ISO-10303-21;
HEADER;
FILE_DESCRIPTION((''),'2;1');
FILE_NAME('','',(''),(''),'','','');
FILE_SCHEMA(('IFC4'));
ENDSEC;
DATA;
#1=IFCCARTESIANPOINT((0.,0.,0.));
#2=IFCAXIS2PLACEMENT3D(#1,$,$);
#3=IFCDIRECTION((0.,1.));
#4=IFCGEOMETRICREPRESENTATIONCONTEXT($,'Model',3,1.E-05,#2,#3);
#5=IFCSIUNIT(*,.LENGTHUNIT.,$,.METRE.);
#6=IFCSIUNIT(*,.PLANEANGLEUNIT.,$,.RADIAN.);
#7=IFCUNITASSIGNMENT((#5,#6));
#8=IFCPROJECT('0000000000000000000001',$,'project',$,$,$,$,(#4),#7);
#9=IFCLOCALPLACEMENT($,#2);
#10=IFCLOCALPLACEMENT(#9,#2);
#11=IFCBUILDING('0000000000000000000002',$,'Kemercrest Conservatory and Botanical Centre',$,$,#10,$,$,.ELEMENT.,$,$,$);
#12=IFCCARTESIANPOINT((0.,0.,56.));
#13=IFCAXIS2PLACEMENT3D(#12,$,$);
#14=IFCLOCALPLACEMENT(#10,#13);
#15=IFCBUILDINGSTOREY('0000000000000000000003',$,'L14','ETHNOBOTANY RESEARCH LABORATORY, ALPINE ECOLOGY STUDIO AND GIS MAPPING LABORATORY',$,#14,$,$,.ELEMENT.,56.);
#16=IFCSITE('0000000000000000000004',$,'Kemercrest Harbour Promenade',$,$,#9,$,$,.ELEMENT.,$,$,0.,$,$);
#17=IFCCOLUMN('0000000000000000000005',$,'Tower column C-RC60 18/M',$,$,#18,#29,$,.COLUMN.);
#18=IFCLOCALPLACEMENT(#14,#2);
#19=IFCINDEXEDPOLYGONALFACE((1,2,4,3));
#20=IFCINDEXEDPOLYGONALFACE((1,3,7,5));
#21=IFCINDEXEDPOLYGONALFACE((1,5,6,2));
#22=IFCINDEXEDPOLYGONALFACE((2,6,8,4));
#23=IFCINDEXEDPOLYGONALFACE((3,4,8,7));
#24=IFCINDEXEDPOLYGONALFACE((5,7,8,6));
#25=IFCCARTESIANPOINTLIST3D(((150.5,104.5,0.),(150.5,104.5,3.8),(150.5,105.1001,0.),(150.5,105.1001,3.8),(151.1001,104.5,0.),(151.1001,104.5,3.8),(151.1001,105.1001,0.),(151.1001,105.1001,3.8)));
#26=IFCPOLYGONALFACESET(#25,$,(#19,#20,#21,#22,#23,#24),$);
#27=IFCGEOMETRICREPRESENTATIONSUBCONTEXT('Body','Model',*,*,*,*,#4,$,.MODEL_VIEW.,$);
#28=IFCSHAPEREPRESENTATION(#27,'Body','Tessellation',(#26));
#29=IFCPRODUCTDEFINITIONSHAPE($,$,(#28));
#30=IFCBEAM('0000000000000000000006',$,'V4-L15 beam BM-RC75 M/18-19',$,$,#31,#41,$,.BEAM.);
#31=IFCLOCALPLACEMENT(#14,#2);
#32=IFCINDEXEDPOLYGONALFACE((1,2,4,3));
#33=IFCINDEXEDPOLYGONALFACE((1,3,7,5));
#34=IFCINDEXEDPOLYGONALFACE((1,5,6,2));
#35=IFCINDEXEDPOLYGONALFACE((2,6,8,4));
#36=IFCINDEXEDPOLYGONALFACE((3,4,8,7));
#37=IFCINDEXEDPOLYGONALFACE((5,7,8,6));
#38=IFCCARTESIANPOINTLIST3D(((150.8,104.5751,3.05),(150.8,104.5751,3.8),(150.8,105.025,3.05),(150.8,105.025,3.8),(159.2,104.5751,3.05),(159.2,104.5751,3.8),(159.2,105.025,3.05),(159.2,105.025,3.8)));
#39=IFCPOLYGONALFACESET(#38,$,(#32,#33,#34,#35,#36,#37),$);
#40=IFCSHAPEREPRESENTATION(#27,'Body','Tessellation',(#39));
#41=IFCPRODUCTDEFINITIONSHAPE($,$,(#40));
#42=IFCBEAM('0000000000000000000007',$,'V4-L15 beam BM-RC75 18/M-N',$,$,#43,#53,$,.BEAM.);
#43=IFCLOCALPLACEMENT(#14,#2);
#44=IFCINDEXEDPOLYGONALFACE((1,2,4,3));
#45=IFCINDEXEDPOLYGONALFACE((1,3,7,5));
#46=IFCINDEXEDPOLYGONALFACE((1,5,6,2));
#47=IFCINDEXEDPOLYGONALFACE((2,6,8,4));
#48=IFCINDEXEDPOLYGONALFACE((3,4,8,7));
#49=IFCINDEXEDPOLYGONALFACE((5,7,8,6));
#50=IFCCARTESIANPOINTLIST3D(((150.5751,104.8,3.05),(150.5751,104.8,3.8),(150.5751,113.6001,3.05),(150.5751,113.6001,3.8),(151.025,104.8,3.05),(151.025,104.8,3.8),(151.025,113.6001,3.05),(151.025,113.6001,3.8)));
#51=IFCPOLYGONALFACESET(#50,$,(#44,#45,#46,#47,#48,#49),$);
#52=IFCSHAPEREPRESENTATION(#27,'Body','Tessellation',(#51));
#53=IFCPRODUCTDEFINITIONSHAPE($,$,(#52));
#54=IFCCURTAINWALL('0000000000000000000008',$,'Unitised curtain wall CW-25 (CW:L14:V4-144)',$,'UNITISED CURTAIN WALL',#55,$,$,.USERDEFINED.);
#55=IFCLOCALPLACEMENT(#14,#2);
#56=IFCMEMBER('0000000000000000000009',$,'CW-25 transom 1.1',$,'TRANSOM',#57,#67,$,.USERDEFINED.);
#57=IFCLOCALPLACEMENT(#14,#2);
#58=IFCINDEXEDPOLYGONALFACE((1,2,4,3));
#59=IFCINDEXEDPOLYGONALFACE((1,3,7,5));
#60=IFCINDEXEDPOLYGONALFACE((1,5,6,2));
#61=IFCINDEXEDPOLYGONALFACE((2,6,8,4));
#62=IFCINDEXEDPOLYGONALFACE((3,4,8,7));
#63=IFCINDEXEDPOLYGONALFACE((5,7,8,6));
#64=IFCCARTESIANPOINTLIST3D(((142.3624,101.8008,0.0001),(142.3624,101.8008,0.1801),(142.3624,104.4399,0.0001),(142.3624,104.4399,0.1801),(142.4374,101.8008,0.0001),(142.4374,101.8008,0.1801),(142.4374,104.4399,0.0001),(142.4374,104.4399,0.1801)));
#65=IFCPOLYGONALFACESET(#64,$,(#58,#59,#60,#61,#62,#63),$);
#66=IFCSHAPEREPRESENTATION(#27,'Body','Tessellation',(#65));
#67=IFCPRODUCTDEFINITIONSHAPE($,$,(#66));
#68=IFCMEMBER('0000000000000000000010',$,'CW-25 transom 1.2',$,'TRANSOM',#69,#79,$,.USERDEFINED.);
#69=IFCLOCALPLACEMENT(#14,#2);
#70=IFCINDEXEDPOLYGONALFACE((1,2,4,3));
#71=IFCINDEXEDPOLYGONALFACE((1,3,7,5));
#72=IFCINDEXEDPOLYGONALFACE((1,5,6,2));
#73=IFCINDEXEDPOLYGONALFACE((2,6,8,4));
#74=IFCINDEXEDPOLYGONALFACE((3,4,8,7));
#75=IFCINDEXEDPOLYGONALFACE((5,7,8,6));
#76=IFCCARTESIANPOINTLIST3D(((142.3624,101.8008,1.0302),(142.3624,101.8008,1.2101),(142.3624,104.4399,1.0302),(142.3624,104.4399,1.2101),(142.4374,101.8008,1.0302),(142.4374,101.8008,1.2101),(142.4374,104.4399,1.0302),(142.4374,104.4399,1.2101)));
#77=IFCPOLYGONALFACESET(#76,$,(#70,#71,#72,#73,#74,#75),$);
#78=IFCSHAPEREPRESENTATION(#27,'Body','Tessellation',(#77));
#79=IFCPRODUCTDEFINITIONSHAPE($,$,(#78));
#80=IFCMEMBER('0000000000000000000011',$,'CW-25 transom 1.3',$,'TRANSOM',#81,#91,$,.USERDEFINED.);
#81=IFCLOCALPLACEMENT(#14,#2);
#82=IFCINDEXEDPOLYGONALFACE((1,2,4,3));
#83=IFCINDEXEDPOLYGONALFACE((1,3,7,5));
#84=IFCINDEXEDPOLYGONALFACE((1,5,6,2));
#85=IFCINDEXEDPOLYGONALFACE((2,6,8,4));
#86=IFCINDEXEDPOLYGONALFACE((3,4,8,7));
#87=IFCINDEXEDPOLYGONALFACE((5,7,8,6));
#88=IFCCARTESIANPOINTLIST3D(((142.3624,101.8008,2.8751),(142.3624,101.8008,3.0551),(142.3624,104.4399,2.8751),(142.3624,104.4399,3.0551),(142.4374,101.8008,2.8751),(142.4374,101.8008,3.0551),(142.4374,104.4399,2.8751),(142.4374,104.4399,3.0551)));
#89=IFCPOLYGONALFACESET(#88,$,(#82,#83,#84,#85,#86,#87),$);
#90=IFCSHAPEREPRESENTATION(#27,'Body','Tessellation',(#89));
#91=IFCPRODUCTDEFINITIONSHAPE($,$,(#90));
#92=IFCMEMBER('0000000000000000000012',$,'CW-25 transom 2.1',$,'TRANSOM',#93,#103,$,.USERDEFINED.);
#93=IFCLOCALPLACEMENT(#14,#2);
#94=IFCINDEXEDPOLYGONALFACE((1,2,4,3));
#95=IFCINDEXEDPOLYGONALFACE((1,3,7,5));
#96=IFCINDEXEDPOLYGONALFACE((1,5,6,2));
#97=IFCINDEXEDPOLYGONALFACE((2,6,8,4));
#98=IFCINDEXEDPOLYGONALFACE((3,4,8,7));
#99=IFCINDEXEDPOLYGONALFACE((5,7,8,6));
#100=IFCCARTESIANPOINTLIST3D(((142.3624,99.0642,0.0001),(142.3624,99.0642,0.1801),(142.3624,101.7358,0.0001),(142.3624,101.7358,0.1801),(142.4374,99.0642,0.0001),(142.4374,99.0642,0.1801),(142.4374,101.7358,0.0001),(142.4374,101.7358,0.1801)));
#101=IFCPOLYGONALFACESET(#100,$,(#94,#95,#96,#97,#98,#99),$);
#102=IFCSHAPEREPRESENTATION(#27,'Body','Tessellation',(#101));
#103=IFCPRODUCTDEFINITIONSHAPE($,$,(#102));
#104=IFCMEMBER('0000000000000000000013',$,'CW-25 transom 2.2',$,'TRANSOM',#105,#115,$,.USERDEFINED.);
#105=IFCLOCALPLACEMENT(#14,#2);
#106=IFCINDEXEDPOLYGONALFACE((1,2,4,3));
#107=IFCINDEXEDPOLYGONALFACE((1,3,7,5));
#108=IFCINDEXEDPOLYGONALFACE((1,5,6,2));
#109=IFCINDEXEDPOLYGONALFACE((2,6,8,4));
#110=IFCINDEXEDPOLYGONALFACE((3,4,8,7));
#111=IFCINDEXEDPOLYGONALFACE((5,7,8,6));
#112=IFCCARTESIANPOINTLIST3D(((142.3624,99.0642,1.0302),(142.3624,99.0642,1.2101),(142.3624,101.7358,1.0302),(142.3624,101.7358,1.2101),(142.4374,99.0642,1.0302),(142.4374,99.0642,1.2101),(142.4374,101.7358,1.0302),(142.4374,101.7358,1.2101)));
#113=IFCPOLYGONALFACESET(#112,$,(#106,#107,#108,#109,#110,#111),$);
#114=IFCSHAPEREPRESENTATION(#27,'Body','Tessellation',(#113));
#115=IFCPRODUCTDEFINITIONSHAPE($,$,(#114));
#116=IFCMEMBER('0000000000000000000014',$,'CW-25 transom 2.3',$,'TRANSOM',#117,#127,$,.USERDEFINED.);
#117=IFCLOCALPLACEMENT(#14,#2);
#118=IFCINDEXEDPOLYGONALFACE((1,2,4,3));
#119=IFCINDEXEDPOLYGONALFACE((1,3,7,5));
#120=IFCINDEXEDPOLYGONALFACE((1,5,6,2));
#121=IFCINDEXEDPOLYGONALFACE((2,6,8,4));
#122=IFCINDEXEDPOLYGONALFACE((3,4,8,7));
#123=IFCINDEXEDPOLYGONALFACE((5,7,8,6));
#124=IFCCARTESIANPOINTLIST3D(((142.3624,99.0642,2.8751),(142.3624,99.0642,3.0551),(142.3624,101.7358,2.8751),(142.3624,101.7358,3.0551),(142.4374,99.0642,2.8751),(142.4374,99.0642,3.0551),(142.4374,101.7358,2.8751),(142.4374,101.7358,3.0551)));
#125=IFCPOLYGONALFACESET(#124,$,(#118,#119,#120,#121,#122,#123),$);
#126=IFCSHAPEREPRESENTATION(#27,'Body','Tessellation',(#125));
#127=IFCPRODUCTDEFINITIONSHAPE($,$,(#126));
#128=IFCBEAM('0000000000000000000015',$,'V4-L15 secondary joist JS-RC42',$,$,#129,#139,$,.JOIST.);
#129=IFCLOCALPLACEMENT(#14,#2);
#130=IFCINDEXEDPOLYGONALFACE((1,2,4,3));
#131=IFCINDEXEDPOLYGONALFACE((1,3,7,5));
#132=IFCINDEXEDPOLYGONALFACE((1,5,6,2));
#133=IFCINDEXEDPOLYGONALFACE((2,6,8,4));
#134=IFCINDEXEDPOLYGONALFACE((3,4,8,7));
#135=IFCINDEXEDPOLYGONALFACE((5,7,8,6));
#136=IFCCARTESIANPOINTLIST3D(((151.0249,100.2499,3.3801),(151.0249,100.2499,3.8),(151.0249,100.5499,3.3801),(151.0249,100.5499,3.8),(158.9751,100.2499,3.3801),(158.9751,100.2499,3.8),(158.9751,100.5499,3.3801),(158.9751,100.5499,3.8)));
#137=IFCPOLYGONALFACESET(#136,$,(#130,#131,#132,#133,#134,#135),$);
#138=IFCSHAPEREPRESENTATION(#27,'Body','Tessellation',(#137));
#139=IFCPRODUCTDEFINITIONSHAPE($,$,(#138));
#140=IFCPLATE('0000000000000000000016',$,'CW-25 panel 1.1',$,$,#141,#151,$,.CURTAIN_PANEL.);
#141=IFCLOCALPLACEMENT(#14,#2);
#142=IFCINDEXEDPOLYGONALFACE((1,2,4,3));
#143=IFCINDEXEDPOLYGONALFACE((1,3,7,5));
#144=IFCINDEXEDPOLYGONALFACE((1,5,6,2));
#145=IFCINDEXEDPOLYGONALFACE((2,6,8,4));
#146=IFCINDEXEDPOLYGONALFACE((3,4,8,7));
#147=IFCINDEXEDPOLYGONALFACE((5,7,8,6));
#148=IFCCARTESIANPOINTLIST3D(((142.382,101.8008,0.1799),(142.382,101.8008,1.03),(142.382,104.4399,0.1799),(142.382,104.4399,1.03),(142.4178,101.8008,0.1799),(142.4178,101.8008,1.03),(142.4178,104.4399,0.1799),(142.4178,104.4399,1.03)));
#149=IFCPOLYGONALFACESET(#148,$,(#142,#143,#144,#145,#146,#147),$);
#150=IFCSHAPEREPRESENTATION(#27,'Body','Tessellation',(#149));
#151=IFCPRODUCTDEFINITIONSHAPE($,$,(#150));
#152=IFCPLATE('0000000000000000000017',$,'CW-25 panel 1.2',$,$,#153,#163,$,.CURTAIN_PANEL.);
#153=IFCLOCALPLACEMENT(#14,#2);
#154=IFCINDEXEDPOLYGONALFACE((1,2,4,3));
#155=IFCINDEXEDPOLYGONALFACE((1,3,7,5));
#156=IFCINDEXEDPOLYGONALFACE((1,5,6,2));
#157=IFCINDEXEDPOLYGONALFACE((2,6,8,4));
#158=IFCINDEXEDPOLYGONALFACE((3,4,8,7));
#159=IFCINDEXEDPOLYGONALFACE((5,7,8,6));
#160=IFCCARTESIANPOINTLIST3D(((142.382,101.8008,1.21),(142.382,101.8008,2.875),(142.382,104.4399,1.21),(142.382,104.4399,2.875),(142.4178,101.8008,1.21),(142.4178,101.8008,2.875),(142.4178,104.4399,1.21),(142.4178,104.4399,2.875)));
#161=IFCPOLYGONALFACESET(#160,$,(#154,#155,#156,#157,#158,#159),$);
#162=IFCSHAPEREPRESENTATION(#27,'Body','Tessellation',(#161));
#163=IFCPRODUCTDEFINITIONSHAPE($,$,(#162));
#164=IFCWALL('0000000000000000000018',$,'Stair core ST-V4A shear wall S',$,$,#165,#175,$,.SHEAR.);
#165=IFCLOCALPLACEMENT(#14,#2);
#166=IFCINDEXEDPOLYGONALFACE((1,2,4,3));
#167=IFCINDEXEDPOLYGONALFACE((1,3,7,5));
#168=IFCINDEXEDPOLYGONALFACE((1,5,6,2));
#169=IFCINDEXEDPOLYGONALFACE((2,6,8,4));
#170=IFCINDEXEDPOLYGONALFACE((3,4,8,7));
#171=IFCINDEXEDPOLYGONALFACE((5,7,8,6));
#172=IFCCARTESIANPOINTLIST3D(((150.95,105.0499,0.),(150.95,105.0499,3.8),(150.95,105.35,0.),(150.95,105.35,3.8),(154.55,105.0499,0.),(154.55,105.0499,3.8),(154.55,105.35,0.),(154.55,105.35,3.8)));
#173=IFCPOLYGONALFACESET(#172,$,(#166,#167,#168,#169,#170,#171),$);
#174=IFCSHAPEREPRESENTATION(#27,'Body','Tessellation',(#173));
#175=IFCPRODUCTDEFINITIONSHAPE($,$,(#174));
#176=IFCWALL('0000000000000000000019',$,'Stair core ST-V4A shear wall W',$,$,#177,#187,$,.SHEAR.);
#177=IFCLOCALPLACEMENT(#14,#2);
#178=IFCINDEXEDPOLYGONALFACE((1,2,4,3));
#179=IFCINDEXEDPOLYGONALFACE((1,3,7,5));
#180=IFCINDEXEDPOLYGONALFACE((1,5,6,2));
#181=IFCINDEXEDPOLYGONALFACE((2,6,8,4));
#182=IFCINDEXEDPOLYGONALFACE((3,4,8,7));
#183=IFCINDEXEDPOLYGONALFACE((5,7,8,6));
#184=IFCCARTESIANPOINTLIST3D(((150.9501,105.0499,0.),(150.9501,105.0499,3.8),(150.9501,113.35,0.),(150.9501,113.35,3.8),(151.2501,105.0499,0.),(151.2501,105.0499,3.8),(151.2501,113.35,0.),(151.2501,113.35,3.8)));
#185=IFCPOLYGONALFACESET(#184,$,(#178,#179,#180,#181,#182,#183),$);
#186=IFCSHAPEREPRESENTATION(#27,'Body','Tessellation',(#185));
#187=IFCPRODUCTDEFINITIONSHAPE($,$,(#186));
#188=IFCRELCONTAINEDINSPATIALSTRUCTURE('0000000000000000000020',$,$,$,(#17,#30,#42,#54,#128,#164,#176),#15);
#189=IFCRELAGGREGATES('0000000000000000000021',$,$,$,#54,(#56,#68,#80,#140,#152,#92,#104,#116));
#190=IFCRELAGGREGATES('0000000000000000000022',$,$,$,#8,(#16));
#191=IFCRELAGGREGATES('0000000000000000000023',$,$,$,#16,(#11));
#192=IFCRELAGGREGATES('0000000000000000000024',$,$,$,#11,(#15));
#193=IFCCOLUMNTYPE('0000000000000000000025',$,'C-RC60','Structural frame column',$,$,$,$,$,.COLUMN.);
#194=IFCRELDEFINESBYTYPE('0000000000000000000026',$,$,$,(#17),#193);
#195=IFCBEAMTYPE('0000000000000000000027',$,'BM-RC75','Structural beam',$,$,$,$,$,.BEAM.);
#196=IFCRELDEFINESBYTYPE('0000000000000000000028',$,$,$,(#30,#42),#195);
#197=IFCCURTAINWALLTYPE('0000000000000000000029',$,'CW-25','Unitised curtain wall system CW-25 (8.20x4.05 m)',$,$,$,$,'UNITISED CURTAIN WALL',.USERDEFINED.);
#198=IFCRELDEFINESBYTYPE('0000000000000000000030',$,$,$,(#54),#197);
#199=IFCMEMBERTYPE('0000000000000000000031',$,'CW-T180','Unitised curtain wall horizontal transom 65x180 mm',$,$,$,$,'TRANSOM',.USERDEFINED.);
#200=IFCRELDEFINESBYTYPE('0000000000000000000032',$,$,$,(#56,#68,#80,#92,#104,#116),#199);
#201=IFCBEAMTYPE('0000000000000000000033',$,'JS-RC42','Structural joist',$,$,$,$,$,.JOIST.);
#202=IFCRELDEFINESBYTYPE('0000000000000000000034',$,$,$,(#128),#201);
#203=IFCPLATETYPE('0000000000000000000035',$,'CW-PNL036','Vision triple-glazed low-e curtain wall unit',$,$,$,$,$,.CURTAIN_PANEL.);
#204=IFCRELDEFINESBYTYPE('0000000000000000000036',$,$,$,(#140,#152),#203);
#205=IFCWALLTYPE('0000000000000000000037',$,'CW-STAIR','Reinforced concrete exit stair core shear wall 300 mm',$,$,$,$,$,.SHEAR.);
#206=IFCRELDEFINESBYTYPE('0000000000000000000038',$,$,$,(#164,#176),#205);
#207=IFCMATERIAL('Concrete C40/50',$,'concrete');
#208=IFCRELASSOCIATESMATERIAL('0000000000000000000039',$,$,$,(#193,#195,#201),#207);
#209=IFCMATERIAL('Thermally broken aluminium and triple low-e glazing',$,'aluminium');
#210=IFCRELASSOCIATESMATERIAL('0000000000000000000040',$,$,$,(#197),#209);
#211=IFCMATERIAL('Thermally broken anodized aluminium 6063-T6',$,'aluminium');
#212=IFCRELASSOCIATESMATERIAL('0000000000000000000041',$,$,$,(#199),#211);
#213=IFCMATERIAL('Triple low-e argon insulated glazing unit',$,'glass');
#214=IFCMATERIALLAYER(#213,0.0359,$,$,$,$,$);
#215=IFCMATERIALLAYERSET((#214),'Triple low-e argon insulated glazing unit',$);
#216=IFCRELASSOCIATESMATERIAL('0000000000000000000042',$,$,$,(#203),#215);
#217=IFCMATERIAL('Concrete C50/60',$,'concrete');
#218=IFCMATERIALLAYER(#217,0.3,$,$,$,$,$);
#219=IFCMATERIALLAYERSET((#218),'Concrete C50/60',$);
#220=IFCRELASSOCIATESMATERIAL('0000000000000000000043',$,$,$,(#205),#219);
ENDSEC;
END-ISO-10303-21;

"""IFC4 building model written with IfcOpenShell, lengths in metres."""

from ifc_helpers import new_model, si_unit, direction, frame, frame_2d, origin, origin_2d, place, context, subcontext, project, spatial, rectangle, extrude, material, layer, layer_set, material_profile, profile_set, type_object, element, aggregate, save


model = new_model("IFC4")

# Units and contexts
model_context = context("Model", 3, precision=1e-05, world=origin(), true_north=direction((0.0, 1.0)))
body_context = subcontext(model_context, "Body", "Model", "MODEL_VIEW")
ifc_project = project(units=[si_unit("LENGTHUNIT", "METRE"), si_unit("PLANEANGLEUNIT", "RADIAN")], contexts=[model_context])

# Site, building, storey
site_placement = place(None, origin())
site = spatial("IfcSite", under=ifc_project, at=site_placement, Name="Kemercrest Harbour Promenade", CompositionType="ELEMENT", RefElevation=0.0)
building_placement = place(site_placement, origin())
building = spatial("IfcBuilding", under=site, at=building_placement, Name="Kemercrest Conservatory and Botanical Centre", CompositionType="ELEMENT")
storey_placement = place(building_placement, frame((0.0, 0.0, 56.0)))
storey = spatial("IfcBuildingStorey", under=building, at=storey_placement, Name="L14", Description="ETHNOBOTANY RESEARCH LABORATORY, ALPINE ECOLOGY STUDIO AND GIS MAPPING LABORATORY", CompositionType="ELEMENT", Elevation=56.0)

# Column
ifc_material_1 = material(Name="Concrete C40/50", Category="concrete")
ifc_material_profile_1 = material_profile(ifc_material_1, rectangle(XDim=0.6001, YDim=0.6001, at=origin_2d()), Name="RC 600x600")
ifc_profile_set_1 = profile_set([ifc_material_profile_1], Name="Concrete C40/50")
column_type = type_object("IfcColumnType", Name="C-RC60", Description="Structural frame column", PredefinedType="COLUMN", material=ifc_profile_set_1)
column_placement = place(storey_placement, frame((150.8, 104.8, 0.0), z_axis=(0.0, 0.0, 1.0), x_axis=(1.0, 0.0, 0.0)))
element("IfcColumn", 1, at=column_placement, inside=storey, type_object=column_type, Name="Tower column C-RC60 18/M", PredefinedType="COLUMN", context=body_context, shape_type="SweptSolid", body=[
    extrude(rectangle(XDim=0.6001, YDim=0.6001, at=origin_2d()), origin(), (0.0, 0.0, 1.0), 3.8),
])

# Beams
ifc_material_profile_2 = material_profile(ifc_material_1, rectangle(XDim=0.45, YDim=0.75, at=origin_2d()), Name="RC 450x750")
ifc_profile_set_2 = profile_set([ifc_material_profile_2], Name="Concrete C40/50")
beam_type_1 = type_object("IfcBeamType", Name="BM-RC75", Description="Structural beam", PredefinedType="BEAM", material=ifc_profile_set_2)
beam_1_placement = place(storey_placement, frame((150.8, 104.8, 3.425), z_axis=(1.0, 0.0, 0.0), x_axis=(0.0, 1.0, 0.0)))
element("IfcBeam", 2, at=beam_1_placement, inside=storey, type_object=beam_type_1, Name="V4-L15 beam BM-RC75 M/18-19", PredefinedType="BEAM", context=body_context, shape_type="SweptSolid", body=[
    extrude(rectangle(XDim=0.45, YDim=0.75, at=origin_2d()), origin(), (0.0, 0.0, 1.0), 8.3999),
])
beam_2_placement = place(storey_placement, frame((150.8, 104.8, 3.425), z_axis=(0.0, 1.0, 0.0), x_axis=(-1.0, 0.0, 0.0)))
element("IfcBeam", 3, at=beam_2_placement, inside=storey, type_object=beam_type_1, Name="V4-L15 beam BM-RC75 18/M-N", PredefinedType="BEAM", context=body_context, shape_type="SweptSolid", body=[
    extrude(rectangle(XDim=0.45, YDim=0.75, at=origin_2d()), origin(), (0.0, 0.0, 1.0), 8.8),
])

# Curtain wall, members
ifc_material_2 = material(Name="Thermally broken aluminium and triple low-e glazing", Category="aluminium")
curtain_wall_type = type_object("IfcCurtainWallType", Name="CW-25", Description="Unitised curtain wall system CW-25 (8.20x4.05 m)", ElementType="UNITISED CURTAIN WALL", PredefinedType="USERDEFINED", material=ifc_material_2)
curtain_wall_placement = place(storey_placement, origin())
curtain_wall = element("IfcCurtainWall", 4, at=curtain_wall_placement, inside=storey, type_object=curtain_wall_type, Name="Unitised curtain wall CW-25 (CW:L14:V4-144)", ObjectType="UNITISED CURTAIN WALL", PredefinedType="USERDEFINED")
ifc_material_3 = material(Name="Thermally broken anodized aluminium 6063-T6", Category="aluminium")
ifc_material_profile_3 = material_profile(ifc_material_3, rectangle(XDim=0.075, YDim=0.1799, at=origin_2d()), Name="AL TRANSOM 75x180")
ifc_profile_set_3 = profile_set([ifc_material_profile_3], Name="Thermally broken anodized aluminium 6063-T6")
member_type = type_object("IfcMemberType", Name="CW-T180", Description="Unitised curtain wall horizontal transom 65x180 mm", ElementType="TRANSOM", PredefinedType="USERDEFINED", material=ifc_profile_set_3)
member_1_placement = place(storey_placement, frame((142.3999, 104.4399, 0.0901), z_axis=(0.0, -1.0, 0.0), x_axis=(1.0, 0.0, 0.0)))
member_1 = element("IfcMember", 5, at=member_1_placement, type_object=member_type, Name="CW-25 transom 1.1", ObjectType="TRANSOM", PredefinedType="USERDEFINED", context=body_context, shape_type="SweptSolid", body=[
    extrude(rectangle(XDim=0.075, YDim=0.1799, at=origin_2d()), origin(), (0.0, 0.0, 1.0), 2.6392),
])
member_2_placement = place(storey_placement, frame((142.3999, 104.4399, 1.1201), z_axis=(0.0, -1.0, 0.0), x_axis=(1.0, 0.0, 0.0)))
member_2 = element("IfcMember", 6, at=member_2_placement, type_object=member_type, Name="CW-25 transom 1.2", ObjectType="TRANSOM", PredefinedType="USERDEFINED", context=body_context, shape_type="SweptSolid", body=[
    extrude(rectangle(XDim=0.075, YDim=0.1799, at=origin_2d()), origin(), (0.0, 0.0, 1.0), 2.6392),
])
member_3_placement = place(storey_placement, frame((142.3999, 104.4399, 2.9651), z_axis=(0.0, -1.0, 0.0), x_axis=(1.0, 0.0, 0.0)))
member_3 = element("IfcMember", 7, at=member_3_placement, type_object=member_type, Name="CW-25 transom 1.3", ObjectType="TRANSOM", PredefinedType="USERDEFINED", context=body_context, shape_type="SweptSolid", body=[
    extrude(rectangle(XDim=0.075, YDim=0.1799, at=origin_2d()), origin(), (0.0, 0.0, 1.0), 2.6392),
])
member_4_placement = place(storey_placement, frame((142.3999, 101.7358, 0.0901), z_axis=(0.0, -1.0, 0.0), x_axis=(1.0, 0.0, 0.0)))
member_4 = element("IfcMember", 8, at=member_4_placement, type_object=member_type, Name="CW-25 transom 2.1", ObjectType="TRANSOM", PredefinedType="USERDEFINED", context=body_context, shape_type="SweptSolid", body=[
    extrude(rectangle(XDim=0.075, YDim=0.1799, at=origin_2d()), origin(), (0.0, 0.0, 1.0), 2.6716),
])
member_5_placement = place(storey_placement, frame((142.3999, 101.7358, 1.1201), z_axis=(0.0, -1.0, 0.0), x_axis=(1.0, 0.0, 0.0)))
member_5 = element("IfcMember", 9, at=member_5_placement, type_object=member_type, Name="CW-25 transom 2.2", ObjectType="TRANSOM", PredefinedType="USERDEFINED", context=body_context, shape_type="SweptSolid", body=[
    extrude(rectangle(XDim=0.075, YDim=0.1799, at=origin_2d()), origin(), (0.0, 0.0, 1.0), 2.6716),
])
member_6_placement = place(storey_placement, frame((142.3999, 101.7358, 2.9651), z_axis=(0.0, -1.0, 0.0), x_axis=(1.0, 0.0, 0.0)))
member_6 = element("IfcMember", 10, at=member_6_placement, type_object=member_type, Name="CW-25 transom 2.3", ObjectType="TRANSOM", PredefinedType="USERDEFINED", context=body_context, shape_type="SweptSolid", body=[
    extrude(rectangle(XDim=0.075, YDim=0.1799, at=origin_2d()), origin(), (0.0, 0.0, 1.0), 2.6716),
])

# Beam
ifc_material_profile_4 = material_profile(ifc_material_1, rectangle(XDim=0.3, YDim=0.4199, at=origin_2d()), Name="RC 300x420")
ifc_profile_set_4 = profile_set([ifc_material_profile_4], Name="Concrete C40/50")
beam_type_2 = type_object("IfcBeamType", Name="JS-RC42", Description="Structural joist", PredefinedType="JOIST", material=ifc_profile_set_4)
beam_3_placement = place(storey_placement, frame((151.0249, 100.3999, 3.5901), z_axis=(1.0, 0.0, 0.0), x_axis=(0.0, 1.0, 0.0)))
element("IfcBeam", 11, at=beam_3_placement, inside=storey, type_object=beam_type_2, Name="V4-L15 secondary joist JS-RC42", PredefinedType="JOIST", context=body_context, shape_type="SweptSolid", body=[
    extrude(rectangle(XDim=0.3, YDim=0.4199, at=origin_2d()), origin(), (0.0, 0.0, 1.0), 7.9502),
])

# Plates
ifc_material_4 = material(Name="Triple low-e argon insulated glazing unit", Category="glass")
ifc_layer_1 = layer(ifc_material_4, 0.0359)
ifc_layer_set_1 = layer_set([ifc_layer_1], Name="Triple low-e argon insulated glazing unit")
plate_type = type_object("IfcPlateType", Name="CW-PNL036", Description="Vision triple-glazed low-e curtain wall unit", PredefinedType="CURTAIN_PANEL", material=ifc_layer_set_1)
plate_1_placement = place(storey_placement, frame((142.3999, 103.1204, 0.1799), z_axis=(0.0, 0.0, 1.0), x_axis=(0.0, -1.0, 0.0)))
plate_1 = element("IfcPlate", 12, at=plate_1_placement, type_object=plate_type, Name="CW-25 panel 1.1", PredefinedType="CURTAIN_PANEL", context=body_context, shape_type="SweptSolid", body=[
    extrude(rectangle(XDim=2.6392, YDim=0.0359, at=origin_2d()), origin(), (0.0, 0.0, 1.0), 0.8501),
])
plate_2_placement = place(storey_placement, frame((142.3999, 103.1204, 1.21), z_axis=(0.0, 0.0, 1.0), x_axis=(0.0, -1.0, 0.0)))
plate_2 = element("IfcPlate", 13, at=plate_2_placement, type_object=plate_type, Name="CW-25 panel 1.2", PredefinedType="CURTAIN_PANEL", context=body_context, shape_type="SweptSolid", body=[
    extrude(rectangle(XDim=2.6392, YDim=0.0359, at=origin_2d()), origin(), (0.0, 0.0, 1.0), 1.665),
])
aggregate(curtain_wall, [member_1, member_2, member_3, plate_1, plate_2, member_4, member_5, member_6])

# Walls
ifc_material_5 = material(Name="Concrete C50/60", Category="concrete")
ifc_layer_2 = layer(ifc_material_5, 0.3)
ifc_layer_set_2 = layer_set([ifc_layer_2], Name="Concrete C50/60")
wall_type_1 = type_object("IfcWallType", Name="CW-STAIR", Description="Reinforced concrete exit stair core shear wall 300 mm", PredefinedType="SHEAR", material=ifc_layer_set_2)
wall_1_placement = place(storey_placement, frame((150.95, 105.2, 0.0), z_axis=(0.0, 0.0, 1.0), x_axis=(1.0, 0.0, 0.0)))
element("IfcWall", 14, at=wall_1_placement, inside=storey, type_object=wall_type_1, Name="Stair core ST-V4A shear wall S", PredefinedType="SHEAR", context=body_context, shape_type="SweptSolid", body=[
    extrude(rectangle(XDim=3.6001, YDim=0.3, at=frame_2d((1.8, 0.0))), origin(), (0.0, 0.0, 1.0), 3.8),
])
wall_2_placement = place(storey_placement, frame((151.1001, 105.05, 0.0), z_axis=(0.0, 0.0, 1.0), x_axis=(0.0, 1.0, 0.0)))
element("IfcWall", 15, at=wall_2_placement, inside=storey, type_object=wall_type_1, Name="Stair core ST-V4A shear wall W", PredefinedType="SHEAR", context=body_context, shape_type="SweptSolid", body=[
    extrude(rectangle(XDim=8.3, YDim=0.3, at=frame_2d((4.1499, 0.0))), origin(), (0.0, 0.0, 1.0), 3.8),
])

save(model, "model.ifc")
